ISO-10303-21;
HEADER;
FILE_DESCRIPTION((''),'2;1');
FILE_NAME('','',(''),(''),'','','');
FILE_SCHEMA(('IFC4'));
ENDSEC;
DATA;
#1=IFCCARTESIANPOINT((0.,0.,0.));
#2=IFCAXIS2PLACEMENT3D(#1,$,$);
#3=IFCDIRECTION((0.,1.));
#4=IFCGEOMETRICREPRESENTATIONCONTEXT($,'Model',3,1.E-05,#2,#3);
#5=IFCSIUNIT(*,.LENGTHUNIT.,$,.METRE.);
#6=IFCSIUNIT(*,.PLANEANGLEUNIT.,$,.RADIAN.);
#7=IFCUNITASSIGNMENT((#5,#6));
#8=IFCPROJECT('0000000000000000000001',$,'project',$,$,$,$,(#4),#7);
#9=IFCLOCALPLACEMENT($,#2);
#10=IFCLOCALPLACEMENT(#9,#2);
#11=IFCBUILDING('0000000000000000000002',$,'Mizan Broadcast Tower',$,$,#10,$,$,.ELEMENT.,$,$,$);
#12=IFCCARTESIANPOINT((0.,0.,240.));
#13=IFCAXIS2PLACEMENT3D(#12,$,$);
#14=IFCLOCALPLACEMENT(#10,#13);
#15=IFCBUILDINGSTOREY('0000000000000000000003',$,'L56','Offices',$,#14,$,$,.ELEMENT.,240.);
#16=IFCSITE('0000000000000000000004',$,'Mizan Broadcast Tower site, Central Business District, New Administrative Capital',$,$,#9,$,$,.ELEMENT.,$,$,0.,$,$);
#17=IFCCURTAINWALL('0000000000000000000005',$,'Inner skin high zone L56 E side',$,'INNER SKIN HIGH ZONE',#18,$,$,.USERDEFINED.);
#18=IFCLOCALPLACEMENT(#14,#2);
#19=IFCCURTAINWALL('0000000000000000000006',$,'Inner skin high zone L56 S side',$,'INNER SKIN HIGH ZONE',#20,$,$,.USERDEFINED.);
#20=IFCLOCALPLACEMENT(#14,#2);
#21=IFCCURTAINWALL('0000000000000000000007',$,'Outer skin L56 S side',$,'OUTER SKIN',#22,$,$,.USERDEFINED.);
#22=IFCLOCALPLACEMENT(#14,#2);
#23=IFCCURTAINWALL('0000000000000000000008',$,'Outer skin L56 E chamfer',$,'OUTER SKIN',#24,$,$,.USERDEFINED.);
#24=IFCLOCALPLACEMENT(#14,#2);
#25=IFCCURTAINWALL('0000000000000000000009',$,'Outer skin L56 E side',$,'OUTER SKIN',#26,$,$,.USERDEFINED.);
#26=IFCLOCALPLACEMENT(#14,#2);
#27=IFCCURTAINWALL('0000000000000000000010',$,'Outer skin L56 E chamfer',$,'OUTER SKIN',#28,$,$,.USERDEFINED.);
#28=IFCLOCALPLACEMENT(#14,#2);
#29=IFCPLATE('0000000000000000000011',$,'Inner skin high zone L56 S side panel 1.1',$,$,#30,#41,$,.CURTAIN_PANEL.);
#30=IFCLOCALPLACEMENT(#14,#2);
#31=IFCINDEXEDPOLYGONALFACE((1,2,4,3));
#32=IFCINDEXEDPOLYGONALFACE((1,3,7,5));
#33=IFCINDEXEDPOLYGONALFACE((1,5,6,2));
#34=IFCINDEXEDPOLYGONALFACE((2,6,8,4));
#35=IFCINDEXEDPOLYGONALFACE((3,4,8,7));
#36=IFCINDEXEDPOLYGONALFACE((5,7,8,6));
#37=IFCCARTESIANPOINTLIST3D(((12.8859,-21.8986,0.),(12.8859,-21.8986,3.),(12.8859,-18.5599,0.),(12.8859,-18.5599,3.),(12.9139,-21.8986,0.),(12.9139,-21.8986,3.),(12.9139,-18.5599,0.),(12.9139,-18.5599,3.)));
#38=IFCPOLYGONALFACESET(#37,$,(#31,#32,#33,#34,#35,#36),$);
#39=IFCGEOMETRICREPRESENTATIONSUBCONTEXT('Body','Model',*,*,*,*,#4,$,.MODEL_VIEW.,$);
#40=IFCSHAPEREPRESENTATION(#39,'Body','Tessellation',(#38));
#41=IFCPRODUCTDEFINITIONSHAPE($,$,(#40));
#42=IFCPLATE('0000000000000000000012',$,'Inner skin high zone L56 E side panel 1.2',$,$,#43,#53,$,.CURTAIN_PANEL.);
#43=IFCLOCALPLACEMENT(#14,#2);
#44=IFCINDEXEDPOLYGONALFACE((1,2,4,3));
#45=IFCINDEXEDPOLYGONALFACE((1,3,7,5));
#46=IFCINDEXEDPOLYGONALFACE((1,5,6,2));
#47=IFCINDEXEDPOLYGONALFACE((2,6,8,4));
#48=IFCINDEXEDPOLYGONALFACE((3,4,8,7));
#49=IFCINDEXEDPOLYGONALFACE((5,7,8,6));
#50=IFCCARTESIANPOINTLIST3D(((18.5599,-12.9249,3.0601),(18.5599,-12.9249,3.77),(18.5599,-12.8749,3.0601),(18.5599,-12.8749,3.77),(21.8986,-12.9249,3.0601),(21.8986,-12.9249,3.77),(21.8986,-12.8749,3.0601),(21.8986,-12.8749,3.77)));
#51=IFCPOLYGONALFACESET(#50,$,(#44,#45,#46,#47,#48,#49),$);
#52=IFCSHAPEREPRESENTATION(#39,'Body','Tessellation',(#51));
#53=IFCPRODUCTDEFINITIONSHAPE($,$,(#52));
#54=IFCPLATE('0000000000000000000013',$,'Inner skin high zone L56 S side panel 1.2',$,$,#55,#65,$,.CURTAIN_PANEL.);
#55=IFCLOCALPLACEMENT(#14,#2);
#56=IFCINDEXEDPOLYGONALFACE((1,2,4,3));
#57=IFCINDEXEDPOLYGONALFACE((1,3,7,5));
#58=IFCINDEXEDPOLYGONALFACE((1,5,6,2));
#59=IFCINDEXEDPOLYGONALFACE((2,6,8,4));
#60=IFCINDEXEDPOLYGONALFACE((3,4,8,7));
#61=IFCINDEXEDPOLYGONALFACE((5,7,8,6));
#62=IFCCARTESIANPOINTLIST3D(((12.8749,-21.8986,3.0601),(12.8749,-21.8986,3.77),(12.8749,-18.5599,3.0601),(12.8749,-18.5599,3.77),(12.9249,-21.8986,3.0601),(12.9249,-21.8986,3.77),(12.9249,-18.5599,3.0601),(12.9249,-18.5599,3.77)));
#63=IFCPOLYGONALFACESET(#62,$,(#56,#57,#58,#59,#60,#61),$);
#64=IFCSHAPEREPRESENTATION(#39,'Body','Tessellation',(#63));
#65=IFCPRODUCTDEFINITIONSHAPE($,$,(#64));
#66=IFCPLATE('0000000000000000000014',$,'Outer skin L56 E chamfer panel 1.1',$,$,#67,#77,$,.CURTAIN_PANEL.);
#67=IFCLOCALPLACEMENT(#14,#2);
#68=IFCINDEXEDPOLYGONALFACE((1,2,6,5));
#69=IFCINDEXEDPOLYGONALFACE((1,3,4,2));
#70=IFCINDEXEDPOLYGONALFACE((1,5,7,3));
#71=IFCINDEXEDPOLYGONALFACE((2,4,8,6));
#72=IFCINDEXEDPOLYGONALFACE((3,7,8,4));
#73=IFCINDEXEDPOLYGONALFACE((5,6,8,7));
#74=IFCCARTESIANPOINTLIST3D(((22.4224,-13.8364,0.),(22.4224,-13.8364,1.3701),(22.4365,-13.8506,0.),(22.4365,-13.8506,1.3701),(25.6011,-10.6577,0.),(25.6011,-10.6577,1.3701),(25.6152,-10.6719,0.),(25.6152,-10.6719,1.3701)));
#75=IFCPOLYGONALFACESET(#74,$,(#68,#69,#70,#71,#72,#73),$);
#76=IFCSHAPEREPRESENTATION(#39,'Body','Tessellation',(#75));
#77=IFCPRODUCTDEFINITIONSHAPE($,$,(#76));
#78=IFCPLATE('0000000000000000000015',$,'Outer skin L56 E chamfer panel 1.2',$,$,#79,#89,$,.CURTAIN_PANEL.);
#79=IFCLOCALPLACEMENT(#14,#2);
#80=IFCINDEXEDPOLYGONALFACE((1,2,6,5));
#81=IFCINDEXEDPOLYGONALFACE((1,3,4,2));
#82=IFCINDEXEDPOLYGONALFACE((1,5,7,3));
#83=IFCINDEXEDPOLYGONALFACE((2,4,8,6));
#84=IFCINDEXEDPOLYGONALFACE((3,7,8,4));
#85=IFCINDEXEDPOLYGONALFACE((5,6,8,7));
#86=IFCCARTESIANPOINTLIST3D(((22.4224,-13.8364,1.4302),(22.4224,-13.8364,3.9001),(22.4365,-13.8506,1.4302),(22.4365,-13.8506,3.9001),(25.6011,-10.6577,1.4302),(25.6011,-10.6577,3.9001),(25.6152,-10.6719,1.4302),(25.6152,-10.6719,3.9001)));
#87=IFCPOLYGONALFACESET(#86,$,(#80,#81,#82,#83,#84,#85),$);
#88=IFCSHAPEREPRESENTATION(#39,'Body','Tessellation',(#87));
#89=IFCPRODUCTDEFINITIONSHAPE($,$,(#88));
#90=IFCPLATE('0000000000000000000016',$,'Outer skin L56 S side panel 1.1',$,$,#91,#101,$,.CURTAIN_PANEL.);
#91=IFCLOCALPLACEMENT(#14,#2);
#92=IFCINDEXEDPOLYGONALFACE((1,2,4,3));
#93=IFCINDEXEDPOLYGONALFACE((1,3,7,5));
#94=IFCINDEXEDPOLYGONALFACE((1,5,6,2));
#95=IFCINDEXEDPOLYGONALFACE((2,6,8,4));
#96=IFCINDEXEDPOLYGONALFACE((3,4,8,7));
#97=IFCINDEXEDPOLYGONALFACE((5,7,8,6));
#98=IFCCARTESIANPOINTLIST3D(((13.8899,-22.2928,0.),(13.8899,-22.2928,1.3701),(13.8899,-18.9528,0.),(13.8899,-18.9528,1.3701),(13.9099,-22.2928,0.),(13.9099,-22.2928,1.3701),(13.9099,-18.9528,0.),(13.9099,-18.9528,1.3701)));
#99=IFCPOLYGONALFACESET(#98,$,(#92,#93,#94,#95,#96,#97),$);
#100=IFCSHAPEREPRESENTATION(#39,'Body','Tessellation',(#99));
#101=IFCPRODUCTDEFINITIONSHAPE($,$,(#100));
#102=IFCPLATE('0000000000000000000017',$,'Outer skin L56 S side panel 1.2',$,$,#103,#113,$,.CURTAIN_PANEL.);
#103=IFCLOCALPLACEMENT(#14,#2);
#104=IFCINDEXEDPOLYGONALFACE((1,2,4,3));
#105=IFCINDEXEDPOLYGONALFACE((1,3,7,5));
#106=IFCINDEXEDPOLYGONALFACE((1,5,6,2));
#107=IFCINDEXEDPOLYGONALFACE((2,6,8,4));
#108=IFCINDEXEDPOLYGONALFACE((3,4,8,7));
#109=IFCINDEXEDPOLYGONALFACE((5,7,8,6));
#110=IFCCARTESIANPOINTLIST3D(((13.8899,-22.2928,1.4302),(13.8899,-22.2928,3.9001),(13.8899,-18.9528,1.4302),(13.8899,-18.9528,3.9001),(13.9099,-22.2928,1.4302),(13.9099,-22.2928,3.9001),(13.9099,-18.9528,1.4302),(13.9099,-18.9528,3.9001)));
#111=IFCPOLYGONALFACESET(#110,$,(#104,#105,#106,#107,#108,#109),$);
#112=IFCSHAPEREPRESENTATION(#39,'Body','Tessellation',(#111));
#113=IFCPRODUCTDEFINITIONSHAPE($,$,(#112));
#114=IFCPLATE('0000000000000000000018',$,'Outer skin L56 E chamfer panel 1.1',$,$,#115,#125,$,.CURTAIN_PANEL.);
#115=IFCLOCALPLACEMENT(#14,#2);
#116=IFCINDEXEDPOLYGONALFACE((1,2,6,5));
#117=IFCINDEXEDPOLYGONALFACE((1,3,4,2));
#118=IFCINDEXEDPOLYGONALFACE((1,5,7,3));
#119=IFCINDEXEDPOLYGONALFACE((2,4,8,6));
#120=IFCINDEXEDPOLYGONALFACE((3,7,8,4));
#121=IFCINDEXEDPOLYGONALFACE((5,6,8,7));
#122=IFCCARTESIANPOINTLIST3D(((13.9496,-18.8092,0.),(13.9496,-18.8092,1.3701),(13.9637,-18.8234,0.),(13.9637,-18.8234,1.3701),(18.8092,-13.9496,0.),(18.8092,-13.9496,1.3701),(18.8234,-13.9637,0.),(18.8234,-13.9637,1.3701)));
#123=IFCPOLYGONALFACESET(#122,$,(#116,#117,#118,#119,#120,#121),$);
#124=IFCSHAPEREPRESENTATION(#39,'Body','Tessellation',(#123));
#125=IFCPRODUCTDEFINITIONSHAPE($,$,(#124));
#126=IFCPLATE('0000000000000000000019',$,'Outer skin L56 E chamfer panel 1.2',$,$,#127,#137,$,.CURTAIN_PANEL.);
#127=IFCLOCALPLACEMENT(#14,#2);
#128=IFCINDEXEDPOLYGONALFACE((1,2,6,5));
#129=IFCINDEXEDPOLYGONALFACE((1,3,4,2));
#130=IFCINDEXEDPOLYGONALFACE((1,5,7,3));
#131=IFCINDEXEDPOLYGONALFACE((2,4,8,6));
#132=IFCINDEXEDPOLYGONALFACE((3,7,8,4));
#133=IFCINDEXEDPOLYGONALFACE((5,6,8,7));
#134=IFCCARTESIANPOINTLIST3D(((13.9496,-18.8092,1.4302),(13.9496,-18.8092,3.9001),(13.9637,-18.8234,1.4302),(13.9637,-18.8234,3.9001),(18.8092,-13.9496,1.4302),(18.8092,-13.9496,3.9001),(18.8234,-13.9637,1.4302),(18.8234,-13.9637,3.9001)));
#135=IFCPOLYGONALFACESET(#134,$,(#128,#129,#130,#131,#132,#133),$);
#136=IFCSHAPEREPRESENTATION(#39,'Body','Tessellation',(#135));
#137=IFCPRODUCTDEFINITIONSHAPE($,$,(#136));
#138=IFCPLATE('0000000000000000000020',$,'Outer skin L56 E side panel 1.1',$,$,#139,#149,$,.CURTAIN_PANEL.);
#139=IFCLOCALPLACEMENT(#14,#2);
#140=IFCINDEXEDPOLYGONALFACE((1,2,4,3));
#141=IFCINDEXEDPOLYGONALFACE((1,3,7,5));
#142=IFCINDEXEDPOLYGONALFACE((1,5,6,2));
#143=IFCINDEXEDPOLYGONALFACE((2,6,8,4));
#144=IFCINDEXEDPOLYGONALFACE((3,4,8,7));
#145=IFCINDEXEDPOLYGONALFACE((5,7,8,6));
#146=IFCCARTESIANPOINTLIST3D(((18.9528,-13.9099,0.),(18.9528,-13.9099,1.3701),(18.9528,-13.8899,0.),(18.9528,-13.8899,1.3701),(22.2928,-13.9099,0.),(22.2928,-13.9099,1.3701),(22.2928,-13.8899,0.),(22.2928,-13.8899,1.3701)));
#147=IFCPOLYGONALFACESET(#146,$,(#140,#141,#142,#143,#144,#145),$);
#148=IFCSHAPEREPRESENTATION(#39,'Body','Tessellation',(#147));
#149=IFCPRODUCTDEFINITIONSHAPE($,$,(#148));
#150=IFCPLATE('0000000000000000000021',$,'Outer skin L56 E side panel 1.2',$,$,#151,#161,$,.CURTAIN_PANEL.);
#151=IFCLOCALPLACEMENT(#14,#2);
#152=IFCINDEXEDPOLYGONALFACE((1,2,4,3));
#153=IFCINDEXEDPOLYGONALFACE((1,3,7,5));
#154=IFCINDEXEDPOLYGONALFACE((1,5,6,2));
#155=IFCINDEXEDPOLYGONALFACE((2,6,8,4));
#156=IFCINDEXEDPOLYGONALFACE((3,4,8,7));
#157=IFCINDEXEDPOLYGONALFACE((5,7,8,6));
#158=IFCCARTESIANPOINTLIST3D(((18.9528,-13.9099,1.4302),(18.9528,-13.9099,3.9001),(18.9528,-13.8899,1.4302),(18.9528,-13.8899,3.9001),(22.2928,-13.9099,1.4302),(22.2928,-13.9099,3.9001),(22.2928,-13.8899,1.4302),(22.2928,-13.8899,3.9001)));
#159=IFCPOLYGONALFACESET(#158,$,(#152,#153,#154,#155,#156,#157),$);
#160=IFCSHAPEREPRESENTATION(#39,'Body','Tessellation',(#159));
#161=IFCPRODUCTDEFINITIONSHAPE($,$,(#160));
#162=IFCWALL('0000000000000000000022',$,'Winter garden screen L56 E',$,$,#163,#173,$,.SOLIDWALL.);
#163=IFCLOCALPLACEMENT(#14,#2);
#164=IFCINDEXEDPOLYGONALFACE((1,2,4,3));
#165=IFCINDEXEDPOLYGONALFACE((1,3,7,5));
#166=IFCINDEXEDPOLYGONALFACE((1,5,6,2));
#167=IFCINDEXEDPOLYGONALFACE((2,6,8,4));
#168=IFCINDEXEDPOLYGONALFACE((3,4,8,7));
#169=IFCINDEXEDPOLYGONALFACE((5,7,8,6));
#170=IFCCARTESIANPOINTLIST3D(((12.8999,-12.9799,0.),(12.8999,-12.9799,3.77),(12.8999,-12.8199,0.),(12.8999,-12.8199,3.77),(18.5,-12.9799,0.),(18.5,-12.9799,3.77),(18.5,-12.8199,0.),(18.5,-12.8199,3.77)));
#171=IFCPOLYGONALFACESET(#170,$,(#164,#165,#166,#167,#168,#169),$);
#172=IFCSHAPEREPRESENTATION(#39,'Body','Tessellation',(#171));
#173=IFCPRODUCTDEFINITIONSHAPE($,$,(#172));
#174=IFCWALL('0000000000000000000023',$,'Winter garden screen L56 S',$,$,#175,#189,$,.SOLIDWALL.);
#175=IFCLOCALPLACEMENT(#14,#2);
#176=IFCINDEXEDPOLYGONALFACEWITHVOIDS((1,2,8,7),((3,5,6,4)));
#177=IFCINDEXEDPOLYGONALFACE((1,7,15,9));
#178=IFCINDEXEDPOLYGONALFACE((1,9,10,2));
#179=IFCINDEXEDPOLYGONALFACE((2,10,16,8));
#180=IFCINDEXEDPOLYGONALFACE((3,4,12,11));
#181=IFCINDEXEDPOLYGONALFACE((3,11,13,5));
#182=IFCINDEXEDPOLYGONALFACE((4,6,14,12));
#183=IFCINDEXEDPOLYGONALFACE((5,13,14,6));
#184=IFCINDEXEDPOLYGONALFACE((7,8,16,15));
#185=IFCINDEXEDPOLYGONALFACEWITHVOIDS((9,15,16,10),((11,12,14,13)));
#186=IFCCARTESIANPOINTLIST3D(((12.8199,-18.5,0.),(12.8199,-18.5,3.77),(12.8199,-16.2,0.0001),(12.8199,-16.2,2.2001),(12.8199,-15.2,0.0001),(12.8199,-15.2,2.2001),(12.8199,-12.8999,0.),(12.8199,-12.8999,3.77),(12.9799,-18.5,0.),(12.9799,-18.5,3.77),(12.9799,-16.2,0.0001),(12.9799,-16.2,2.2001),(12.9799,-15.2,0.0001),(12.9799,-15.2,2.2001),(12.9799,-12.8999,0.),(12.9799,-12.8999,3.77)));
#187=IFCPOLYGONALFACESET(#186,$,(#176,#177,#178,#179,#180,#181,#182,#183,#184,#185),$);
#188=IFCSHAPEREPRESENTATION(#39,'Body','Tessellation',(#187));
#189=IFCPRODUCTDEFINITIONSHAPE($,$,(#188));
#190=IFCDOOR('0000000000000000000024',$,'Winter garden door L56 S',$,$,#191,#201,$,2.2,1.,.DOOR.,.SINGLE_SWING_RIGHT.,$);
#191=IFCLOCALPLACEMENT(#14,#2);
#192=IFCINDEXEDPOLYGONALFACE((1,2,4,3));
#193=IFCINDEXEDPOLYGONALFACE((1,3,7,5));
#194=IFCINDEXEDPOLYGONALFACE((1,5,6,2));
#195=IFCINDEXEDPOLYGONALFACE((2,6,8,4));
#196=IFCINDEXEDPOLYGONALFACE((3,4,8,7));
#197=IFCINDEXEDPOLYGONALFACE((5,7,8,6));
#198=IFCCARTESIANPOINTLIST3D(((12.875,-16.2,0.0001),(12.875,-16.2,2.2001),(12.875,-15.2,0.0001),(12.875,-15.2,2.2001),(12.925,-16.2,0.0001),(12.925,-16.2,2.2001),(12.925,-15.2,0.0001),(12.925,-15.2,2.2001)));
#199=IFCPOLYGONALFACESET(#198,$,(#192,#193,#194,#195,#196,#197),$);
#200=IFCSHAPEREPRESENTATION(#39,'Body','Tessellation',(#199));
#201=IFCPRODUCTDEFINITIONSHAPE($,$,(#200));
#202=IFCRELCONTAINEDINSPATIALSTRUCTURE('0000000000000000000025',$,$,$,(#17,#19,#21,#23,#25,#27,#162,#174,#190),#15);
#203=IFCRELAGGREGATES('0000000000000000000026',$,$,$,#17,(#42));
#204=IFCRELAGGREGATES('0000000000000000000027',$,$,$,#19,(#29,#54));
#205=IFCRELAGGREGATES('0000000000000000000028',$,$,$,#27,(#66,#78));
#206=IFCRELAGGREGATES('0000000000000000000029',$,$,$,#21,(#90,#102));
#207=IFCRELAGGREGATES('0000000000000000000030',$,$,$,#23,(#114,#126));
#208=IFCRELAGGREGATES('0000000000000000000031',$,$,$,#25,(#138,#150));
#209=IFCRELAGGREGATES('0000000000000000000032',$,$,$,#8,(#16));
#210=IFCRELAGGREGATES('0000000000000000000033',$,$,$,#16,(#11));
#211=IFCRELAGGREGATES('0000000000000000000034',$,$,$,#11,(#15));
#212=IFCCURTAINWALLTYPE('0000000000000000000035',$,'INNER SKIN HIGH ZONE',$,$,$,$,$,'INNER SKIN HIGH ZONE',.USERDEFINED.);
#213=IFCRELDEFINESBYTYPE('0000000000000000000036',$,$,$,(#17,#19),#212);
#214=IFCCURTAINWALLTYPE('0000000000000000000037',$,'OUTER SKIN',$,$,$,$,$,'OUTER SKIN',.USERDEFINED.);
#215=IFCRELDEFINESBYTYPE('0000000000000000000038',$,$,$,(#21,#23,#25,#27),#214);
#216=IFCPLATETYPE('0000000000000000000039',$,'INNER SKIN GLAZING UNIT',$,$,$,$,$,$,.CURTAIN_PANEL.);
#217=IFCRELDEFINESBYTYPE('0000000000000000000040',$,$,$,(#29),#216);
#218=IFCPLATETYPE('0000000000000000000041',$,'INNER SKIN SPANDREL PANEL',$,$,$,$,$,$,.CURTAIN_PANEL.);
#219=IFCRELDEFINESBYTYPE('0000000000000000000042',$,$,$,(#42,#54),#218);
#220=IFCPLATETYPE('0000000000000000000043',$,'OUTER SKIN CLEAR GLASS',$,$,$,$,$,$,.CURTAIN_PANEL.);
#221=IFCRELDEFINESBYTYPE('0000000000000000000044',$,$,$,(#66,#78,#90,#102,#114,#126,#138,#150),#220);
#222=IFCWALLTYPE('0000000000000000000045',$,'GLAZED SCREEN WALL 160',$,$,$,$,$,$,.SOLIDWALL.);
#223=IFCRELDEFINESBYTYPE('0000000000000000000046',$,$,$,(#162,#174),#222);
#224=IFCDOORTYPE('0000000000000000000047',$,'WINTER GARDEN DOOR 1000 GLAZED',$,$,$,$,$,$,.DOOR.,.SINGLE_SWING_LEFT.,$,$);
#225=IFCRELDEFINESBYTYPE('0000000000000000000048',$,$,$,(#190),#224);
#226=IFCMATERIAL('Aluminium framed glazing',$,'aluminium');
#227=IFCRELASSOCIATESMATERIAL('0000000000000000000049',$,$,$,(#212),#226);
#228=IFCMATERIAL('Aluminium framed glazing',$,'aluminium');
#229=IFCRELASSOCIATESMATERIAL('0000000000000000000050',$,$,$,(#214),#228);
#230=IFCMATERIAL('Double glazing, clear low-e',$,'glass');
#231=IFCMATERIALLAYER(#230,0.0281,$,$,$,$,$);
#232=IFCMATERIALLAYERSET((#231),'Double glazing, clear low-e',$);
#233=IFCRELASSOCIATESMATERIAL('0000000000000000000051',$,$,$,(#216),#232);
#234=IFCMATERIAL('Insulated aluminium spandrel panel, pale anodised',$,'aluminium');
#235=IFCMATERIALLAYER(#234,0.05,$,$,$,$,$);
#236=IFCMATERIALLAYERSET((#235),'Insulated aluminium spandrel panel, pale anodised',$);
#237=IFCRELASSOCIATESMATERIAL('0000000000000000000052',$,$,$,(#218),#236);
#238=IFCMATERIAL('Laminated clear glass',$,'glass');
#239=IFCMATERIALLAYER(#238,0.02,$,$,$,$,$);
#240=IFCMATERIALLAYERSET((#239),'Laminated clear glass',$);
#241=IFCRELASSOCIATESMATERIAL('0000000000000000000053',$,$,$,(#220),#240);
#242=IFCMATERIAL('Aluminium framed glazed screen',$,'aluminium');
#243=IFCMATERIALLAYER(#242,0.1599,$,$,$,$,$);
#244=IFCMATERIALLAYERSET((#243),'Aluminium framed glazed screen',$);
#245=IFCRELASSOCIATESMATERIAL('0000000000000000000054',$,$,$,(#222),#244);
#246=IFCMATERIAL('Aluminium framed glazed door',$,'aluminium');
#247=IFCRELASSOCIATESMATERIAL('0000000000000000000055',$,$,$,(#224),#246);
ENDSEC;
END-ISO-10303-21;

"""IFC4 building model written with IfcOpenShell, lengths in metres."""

from ifc_helpers import new_model, si_unit, direction, frame, frame_2d, origin, origin_2d, place, context, subcontext, project, spatial, rectangle, extrude, material, layer, layer_set, type_object, element, fill, aggregate, save


model = new_model("IFC4")

# Units and contexts
model_context = context("Model", 3, precision=1e-05, world=origin(), true_north=direction((0.0, 1.0)))
body_context = subcontext(model_context, "Body", "Model", "MODEL_VIEW")
ifc_project = project(units=[si_unit("LENGTHUNIT", "METRE"), si_unit("PLANEANGLEUNIT", "RADIAN")], contexts=[model_context])

# Site, building, storey
site_placement = place(None, origin())
site = spatial("IfcSite", under=ifc_project, at=site_placement, Name="Mizan Broadcast Tower site, Central Business District, New Administrative Capital", CompositionType="ELEMENT", RefElevation=0.0)
building_placement = place(site_placement, origin())
building = spatial("IfcBuilding", under=site, at=building_placement, Name="Mizan Broadcast Tower", CompositionType="ELEMENT")
storey_placement = place(building_placement, frame((0.0, 0.0, 240.0)))
storey = spatial("IfcBuildingStorey", under=building, at=storey_placement, Name="L56", Description="Offices", CompositionType="ELEMENT", Elevation=240.0)

# Curtain walls
ifc_material_1 = material(Name="Aluminium framed glazing", Category="aluminium")
curtain_wall_type_1 = type_object("IfcCurtainWallType", Name="INNER SKIN HIGH ZONE", ElementType="INNER SKIN HIGH ZONE", PredefinedType="USERDEFINED", material=ifc_material_1)
curtain_wall_1_placement = place(storey_placement, origin())
curtain_wall_1 = element("IfcCurtainWall", 1, at=curtain_wall_1_placement, inside=storey, type_object=curtain_wall_type_1, Name="Inner skin high zone L56 E side", ObjectType="INNER SKIN HIGH ZONE", PredefinedType="USERDEFINED")
curtain_wall_2_placement = place(storey_placement, origin())
curtain_wall_2 = element("IfcCurtainWall", 2, at=curtain_wall_2_placement, inside=storey, type_object=curtain_wall_type_1, Name="Inner skin high zone L56 S side", ObjectType="INNER SKIN HIGH ZONE", PredefinedType="USERDEFINED")

# Curtain walls
ifc_material_2 = material(Name="Aluminium framed glazing", Category="aluminium")
curtain_wall_type_2 = type_object("IfcCurtainWallType", Name="OUTER SKIN", ElementType="OUTER SKIN", PredefinedType="USERDEFINED", material=ifc_material_2)
curtain_wall_3_placement = place(storey_placement, origin())
curtain_wall_3 = element("IfcCurtainWall", 3, at=curtain_wall_3_placement, inside=storey, type_object=curtain_wall_type_2, Name="Outer skin L56 S side", ObjectType="OUTER SKIN", PredefinedType="USERDEFINED")
curtain_wall_4_placement = place(storey_placement, origin())
curtain_wall_4 = element("IfcCurtainWall", 4, at=curtain_wall_4_placement, inside=storey, type_object=curtain_wall_type_2, Name="Outer skin L56 E chamfer", ObjectType="OUTER SKIN", PredefinedType="USERDEFINED")
curtain_wall_5_placement = place(storey_placement, origin())
curtain_wall_5 = element("IfcCurtainWall", 5, at=curtain_wall_5_placement, inside=storey, type_object=curtain_wall_type_2, Name="Outer skin L56 E side", ObjectType="OUTER SKIN", PredefinedType="USERDEFINED")
curtain_wall_6_placement = place(storey_placement, origin())
curtain_wall_6 = element("IfcCurtainWall", 6, at=curtain_wall_6_placement, inside=storey, type_object=curtain_wall_type_2, Name="Outer skin L56 E chamfer", ObjectType="OUTER SKIN", PredefinedType="USERDEFINED")

# Plates
ifc_material_3 = material(Name="Double glazing, clear low-e", Category="glass")
ifc_layer_1 = layer(ifc_material_3, 0.0281)
ifc_layer_set_1 = layer_set([ifc_layer_1], Name="Double glazing, clear low-e")
plate_type_1 = type_object("IfcPlateType", Name="INNER SKIN GLAZING UNIT", PredefinedType="CURTAIN_PANEL", material=ifc_layer_set_1)
plate_1_placement = place(storey_placement, frame((12.8999, -20.2292, 0.0), z_axis=(0.0, 0.0, 1.0), x_axis=(0.0, 1.0, 0.0)))
plate_1 = element("IfcPlate", 7, at=plate_1_placement, type_object=plate_type_1, Name="Inner skin high zone L56 S side panel 1.1", PredefinedType="CURTAIN_PANEL", context=body_context, shape_type="SweptSolid", body=[
    extrude(rectangle(XDim=3.3386, YDim=0.0281, at=origin_2d()), origin(), (0.0, 0.0, 1.0), 3.0),
])
ifc_material_4 = material(Name="Insulated aluminium spandrel panel, pale anodised", Category="aluminium")
ifc_layer_2 = layer(ifc_material_4, 0.05)
ifc_layer_set_2 = layer_set([ifc_layer_2], Name="Insulated aluminium spandrel panel, pale anodised")
plate_type_2 = type_object("IfcPlateType", Name="INNER SKIN SPANDREL PANEL", PredefinedType="CURTAIN_PANEL", material=ifc_layer_set_2)
plate_2_placement = place(storey_placement, frame((20.2292, -12.8999, 3.0601), z_axis=(0.0, 0.0, 1.0), x_axis=(1.0, 0.0, 0.0)))
plate_2 = element("IfcPlate", 8, at=plate_2_placement, type_object=plate_type_2, Name="Inner skin high zone L56 E side panel 1.2", PredefinedType="CURTAIN_PANEL", context=body_context, shape_type="SweptSolid", body=[
    extrude(rectangle(XDim=3.3386, YDim=0.05, at=origin_2d()), origin(), (0.0, 0.0, 1.0), 0.71),
])
aggregate(curtain_wall_1, [plate_2])
plate_3_placement = place(storey_placement, frame((12.8999, -20.2292, 3.0601), z_axis=(0.0, 0.0, 1.0), x_axis=(0.0, 1.0, 0.0)))
plate_3 = element("IfcPlate", 9, at=plate_3_placement, type_object=plate_type_2, Name="Inner skin high zone L56 S side panel 1.2", PredefinedType="CURTAIN_PANEL", context=body_context, shape_type="SweptSolid", body=[
    extrude(rectangle(XDim=3.3386, YDim=0.05, at=origin_2d()), origin(), (0.0, 0.0, 1.0), 0.71),
])
aggregate(curtain_wall_2, [plate_1, plate_3])
ifc_material_5 = material(Name="Laminated clear glass", Category="glass")
ifc_layer_3 = layer(ifc_material_5, 0.02)
ifc_layer_set_3 = layer_set([ifc_layer_3], Name="Laminated clear glass")
plate_type_3 = type_object("IfcPlateType", Name="OUTER SKIN CLEAR GLASS", PredefinedType="CURTAIN_PANEL", material=ifc_layer_set_3)
plate_4_placement = place(storey_placement, frame((24.0188, -12.2542, 0.0), z_axis=(0.0, 0.0, 1.0), x_axis=(0.707107, 0.707107, 0.0)))
plate_4 = element("IfcPlate", 10, at=plate_4_placement, type_object=plate_type_3, Name="Outer skin L56 E chamfer panel 1.1", PredefinedType="CURTAIN_PANEL", context=body_context, shape_type="SweptSolid", body=[
    extrude(rectangle(XDim=4.4954, YDim=0.02, at=origin_2d()), origin(), (0.0, 0.0, 1.0), 1.3701),
])
plate_5_placement = place(storey_placement, frame((24.0188, -12.2542, 1.4302), z_axis=(0.0, 0.0, 1.0), x_axis=(0.707107, 0.707107, 0.0)))
plate_5 = element("IfcPlate", 11, at=plate_5_placement, type_object=plate_type_3, Name="Outer skin L56 E chamfer panel 1.2", PredefinedType="CURTAIN_PANEL", context=body_context, shape_type="SweptSolid", body=[
    extrude(rectangle(XDim=4.4954, YDim=0.02, at=origin_2d()), origin(), (0.0, 0.0, 1.0), 2.47),
])
aggregate(curtain_wall_6, [plate_4, plate_5])
plate_6_placement = place(storey_placement, frame((13.8999, -20.6228, 0.0), z_axis=(0.0, 0.0, 1.0), x_axis=(0.0, 1.0, 0.0)))
plate_6 = element("IfcPlate", 12, at=plate_6_placement, type_object=plate_type_3, Name="Outer skin L56 S side panel 1.1", PredefinedType="CURTAIN_PANEL", context=body_context, shape_type="SweptSolid", body=[
    extrude(rectangle(XDim=3.3401, YDim=0.02, at=origin_2d()), origin(), (0.0, 0.0, 1.0), 1.3701),
])
plate_7_placement = place(storey_placement, frame((13.8999, -20.6228, 1.4302), z_axis=(0.0, 0.0, 1.0), x_axis=(0.0, 1.0, 0.0)))
plate_7 = element("IfcPlate", 13, at=plate_7_placement, type_object=plate_type_3, Name="Outer skin L56 S side panel 1.2", PredefinedType="CURTAIN_PANEL", context=body_context, shape_type="SweptSolid", body=[
    extrude(rectangle(XDim=3.3401, YDim=0.02, at=origin_2d()), origin(), (0.0, 0.0, 1.0), 2.47),
])
aggregate(curtain_wall_3, [plate_6, plate_7])
plate_8_placement = place(storey_placement, frame((16.3865, -16.3865, 0.0), z_axis=(0.0, 0.0, 1.0), x_axis=(0.707107, 0.707107, 0.0)))
plate_8 = element("IfcPlate", 14, at=plate_8_placement, type_object=plate_type_3, Name="Outer skin L56 E chamfer panel 1.1", PredefinedType="CURTAIN_PANEL", context=body_context, shape_type="SweptSolid", body=[
    extrude(rectangle(XDim=6.8726, YDim=0.02, at=origin_2d()), origin(), (0.0, 0.0, 1.0), 1.3701),
])
plate_9_placement = place(storey_placement, frame((16.3865, -16.3865, 1.4302), z_axis=(0.0, 0.0, 1.0), x_axis=(0.707107, 0.707107, 0.0)))
plate_9 = element("IfcPlate", 15, at=plate_9_placement, type_object=plate_type_3, Name="Outer skin L56 E chamfer panel 1.2", PredefinedType="CURTAIN_PANEL", context=body_context, shape_type="SweptSolid", body=[
    extrude(rectangle(XDim=6.8726, YDim=0.02, at=origin_2d()), origin(), (0.0, 0.0, 1.0), 2.47),
])
aggregate(curtain_wall_4, [plate_8, plate_9])
plate_10_placement = place(storey_placement, frame((20.6228, -13.8999, 0.0), z_axis=(0.0, 0.0, 1.0), x_axis=(1.0, 0.0, 0.0)))
plate_10 = element("IfcPlate", 16, at=plate_10_placement, type_object=plate_type_3, Name="Outer skin L56 E side panel 1.1", PredefinedType="CURTAIN_PANEL", context=body_context, shape_type="SweptSolid", body=[
    extrude(rectangle(XDim=3.3401, YDim=0.02, at=origin_2d()), origin(), (0.0, 0.0, 1.0), 1.3701),
])
plate_11_placement = place(storey_placement, frame((20.6228, -13.8999, 1.4302), z_axis=(0.0, 0.0, 1.0), x_axis=(1.0, 0.0, 0.0)))
plate_11 = element("IfcPlate", 17, at=plate_11_placement, type_object=plate_type_3, Name="Outer skin L56 E side panel 1.2", PredefinedType="CURTAIN_PANEL", context=body_context, shape_type="SweptSolid", body=[
    extrude(rectangle(XDim=3.3401, YDim=0.02, at=origin_2d()), origin(), (0.0, 0.0, 1.0), 2.47),
])
aggregate(curtain_wall_5, [plate_10, plate_11])

# Wall
ifc_material_6 = material(Name="Aluminium framed glazed screen", Category="aluminium")
ifc_layer_4 = layer(ifc_material_6, 0.1599)
ifc_layer_set_4 = layer_set([ifc_layer_4], Name="Aluminium framed glazed screen")
wall_type = type_object("IfcWallType", Name="GLAZED SCREEN WALL 160", PredefinedType="SOLIDWALL", material=ifc_layer_set_4)
wall_1_placement = place(storey_placement, frame((12.8999, -12.8999, 0.0), z_axis=(0.0, 0.0, 1.0), x_axis=(1.0, 0.0, 0.0)))
element("IfcWall", 18, at=wall_1_placement, inside=storey, type_object=wall_type, Name="Winter garden screen L56 E", PredefinedType="SOLIDWALL", context=body_context, shape_type="SweptSolid", body=[
    extrude(rectangle(XDim=5.6001, YDim=0.1599, at=frame_2d((2.8, 0.0))), origin(), (0.0, 0.0, 1.0), 3.77),
])

# Wall, opening, door
wall_2_placement = place(storey_placement, frame((12.8999, -18.5, 0.0), z_axis=(0.0, 0.0, 1.0), x_axis=(0.0, 1.0, 0.0)))
wall_2 = element("IfcWall", 19, at=wall_2_placement, inside=storey, type_object=wall_type, Name="Winter garden screen L56 S", PredefinedType="SOLIDWALL", context=body_context, shape_type="SweptSolid", body=[
    extrude(rectangle(XDim=5.6001, YDim=0.1599, at=frame_2d((2.8, 0.0))), origin(), (0.0, 0.0, 1.0), 3.77),
])
opening_placement = place(wall_2_placement, frame((2.3, 0.0, 0.0)))
opening = element("IfcOpeningElement", 20, at=opening_placement, cuts=wall_2, PredefinedType="OPENING", context=body_context, shape_type="SweptSolid", body=[
    extrude(rectangle(XDim=1.0, YDim=2.2, at=frame_2d((0.5, 1.1001))), frame((0.0, 0.0898, 0.0), z_axis=(0.0, -1.0, 0.0), x_axis=(1.0, 0.0, 0.0)), (0.0, 0.0, 1.0), 0.1799),
])
ifc_material_7 = material(Name="Aluminium framed glazed door", Category="aluminium")
door_type = type_object("IfcDoorType", Name="WINTER GARDEN DOOR 1000 GLAZED", OperationType="SINGLE_SWING_LEFT", PredefinedType="DOOR", material=ifc_material_7)
door_placement = place(opening_placement, origin())
door = element("IfcDoor", 21, at=door_placement, inside=storey, type_object=door_type, Name="Winter garden door L56 S", OperationType="SINGLE_SWING_RIGHT", OverallHeight=2.2, OverallWidth=1.0, PredefinedType="DOOR", context=body_context, shape_type="SweptSolid", body=[
    extrude(rectangle(XDim=1.0, YDim=2.2, at=frame_2d((0.5, 1.1001))), frame((0.0, 0.0249, 0.0), z_axis=(0.0, -1.0, 0.0), x_axis=(1.0, 0.0, 0.0)), (0.0, 0.0, 1.0), 0.05),
])
fill(opening, door)

save(model, "model.ifc")
